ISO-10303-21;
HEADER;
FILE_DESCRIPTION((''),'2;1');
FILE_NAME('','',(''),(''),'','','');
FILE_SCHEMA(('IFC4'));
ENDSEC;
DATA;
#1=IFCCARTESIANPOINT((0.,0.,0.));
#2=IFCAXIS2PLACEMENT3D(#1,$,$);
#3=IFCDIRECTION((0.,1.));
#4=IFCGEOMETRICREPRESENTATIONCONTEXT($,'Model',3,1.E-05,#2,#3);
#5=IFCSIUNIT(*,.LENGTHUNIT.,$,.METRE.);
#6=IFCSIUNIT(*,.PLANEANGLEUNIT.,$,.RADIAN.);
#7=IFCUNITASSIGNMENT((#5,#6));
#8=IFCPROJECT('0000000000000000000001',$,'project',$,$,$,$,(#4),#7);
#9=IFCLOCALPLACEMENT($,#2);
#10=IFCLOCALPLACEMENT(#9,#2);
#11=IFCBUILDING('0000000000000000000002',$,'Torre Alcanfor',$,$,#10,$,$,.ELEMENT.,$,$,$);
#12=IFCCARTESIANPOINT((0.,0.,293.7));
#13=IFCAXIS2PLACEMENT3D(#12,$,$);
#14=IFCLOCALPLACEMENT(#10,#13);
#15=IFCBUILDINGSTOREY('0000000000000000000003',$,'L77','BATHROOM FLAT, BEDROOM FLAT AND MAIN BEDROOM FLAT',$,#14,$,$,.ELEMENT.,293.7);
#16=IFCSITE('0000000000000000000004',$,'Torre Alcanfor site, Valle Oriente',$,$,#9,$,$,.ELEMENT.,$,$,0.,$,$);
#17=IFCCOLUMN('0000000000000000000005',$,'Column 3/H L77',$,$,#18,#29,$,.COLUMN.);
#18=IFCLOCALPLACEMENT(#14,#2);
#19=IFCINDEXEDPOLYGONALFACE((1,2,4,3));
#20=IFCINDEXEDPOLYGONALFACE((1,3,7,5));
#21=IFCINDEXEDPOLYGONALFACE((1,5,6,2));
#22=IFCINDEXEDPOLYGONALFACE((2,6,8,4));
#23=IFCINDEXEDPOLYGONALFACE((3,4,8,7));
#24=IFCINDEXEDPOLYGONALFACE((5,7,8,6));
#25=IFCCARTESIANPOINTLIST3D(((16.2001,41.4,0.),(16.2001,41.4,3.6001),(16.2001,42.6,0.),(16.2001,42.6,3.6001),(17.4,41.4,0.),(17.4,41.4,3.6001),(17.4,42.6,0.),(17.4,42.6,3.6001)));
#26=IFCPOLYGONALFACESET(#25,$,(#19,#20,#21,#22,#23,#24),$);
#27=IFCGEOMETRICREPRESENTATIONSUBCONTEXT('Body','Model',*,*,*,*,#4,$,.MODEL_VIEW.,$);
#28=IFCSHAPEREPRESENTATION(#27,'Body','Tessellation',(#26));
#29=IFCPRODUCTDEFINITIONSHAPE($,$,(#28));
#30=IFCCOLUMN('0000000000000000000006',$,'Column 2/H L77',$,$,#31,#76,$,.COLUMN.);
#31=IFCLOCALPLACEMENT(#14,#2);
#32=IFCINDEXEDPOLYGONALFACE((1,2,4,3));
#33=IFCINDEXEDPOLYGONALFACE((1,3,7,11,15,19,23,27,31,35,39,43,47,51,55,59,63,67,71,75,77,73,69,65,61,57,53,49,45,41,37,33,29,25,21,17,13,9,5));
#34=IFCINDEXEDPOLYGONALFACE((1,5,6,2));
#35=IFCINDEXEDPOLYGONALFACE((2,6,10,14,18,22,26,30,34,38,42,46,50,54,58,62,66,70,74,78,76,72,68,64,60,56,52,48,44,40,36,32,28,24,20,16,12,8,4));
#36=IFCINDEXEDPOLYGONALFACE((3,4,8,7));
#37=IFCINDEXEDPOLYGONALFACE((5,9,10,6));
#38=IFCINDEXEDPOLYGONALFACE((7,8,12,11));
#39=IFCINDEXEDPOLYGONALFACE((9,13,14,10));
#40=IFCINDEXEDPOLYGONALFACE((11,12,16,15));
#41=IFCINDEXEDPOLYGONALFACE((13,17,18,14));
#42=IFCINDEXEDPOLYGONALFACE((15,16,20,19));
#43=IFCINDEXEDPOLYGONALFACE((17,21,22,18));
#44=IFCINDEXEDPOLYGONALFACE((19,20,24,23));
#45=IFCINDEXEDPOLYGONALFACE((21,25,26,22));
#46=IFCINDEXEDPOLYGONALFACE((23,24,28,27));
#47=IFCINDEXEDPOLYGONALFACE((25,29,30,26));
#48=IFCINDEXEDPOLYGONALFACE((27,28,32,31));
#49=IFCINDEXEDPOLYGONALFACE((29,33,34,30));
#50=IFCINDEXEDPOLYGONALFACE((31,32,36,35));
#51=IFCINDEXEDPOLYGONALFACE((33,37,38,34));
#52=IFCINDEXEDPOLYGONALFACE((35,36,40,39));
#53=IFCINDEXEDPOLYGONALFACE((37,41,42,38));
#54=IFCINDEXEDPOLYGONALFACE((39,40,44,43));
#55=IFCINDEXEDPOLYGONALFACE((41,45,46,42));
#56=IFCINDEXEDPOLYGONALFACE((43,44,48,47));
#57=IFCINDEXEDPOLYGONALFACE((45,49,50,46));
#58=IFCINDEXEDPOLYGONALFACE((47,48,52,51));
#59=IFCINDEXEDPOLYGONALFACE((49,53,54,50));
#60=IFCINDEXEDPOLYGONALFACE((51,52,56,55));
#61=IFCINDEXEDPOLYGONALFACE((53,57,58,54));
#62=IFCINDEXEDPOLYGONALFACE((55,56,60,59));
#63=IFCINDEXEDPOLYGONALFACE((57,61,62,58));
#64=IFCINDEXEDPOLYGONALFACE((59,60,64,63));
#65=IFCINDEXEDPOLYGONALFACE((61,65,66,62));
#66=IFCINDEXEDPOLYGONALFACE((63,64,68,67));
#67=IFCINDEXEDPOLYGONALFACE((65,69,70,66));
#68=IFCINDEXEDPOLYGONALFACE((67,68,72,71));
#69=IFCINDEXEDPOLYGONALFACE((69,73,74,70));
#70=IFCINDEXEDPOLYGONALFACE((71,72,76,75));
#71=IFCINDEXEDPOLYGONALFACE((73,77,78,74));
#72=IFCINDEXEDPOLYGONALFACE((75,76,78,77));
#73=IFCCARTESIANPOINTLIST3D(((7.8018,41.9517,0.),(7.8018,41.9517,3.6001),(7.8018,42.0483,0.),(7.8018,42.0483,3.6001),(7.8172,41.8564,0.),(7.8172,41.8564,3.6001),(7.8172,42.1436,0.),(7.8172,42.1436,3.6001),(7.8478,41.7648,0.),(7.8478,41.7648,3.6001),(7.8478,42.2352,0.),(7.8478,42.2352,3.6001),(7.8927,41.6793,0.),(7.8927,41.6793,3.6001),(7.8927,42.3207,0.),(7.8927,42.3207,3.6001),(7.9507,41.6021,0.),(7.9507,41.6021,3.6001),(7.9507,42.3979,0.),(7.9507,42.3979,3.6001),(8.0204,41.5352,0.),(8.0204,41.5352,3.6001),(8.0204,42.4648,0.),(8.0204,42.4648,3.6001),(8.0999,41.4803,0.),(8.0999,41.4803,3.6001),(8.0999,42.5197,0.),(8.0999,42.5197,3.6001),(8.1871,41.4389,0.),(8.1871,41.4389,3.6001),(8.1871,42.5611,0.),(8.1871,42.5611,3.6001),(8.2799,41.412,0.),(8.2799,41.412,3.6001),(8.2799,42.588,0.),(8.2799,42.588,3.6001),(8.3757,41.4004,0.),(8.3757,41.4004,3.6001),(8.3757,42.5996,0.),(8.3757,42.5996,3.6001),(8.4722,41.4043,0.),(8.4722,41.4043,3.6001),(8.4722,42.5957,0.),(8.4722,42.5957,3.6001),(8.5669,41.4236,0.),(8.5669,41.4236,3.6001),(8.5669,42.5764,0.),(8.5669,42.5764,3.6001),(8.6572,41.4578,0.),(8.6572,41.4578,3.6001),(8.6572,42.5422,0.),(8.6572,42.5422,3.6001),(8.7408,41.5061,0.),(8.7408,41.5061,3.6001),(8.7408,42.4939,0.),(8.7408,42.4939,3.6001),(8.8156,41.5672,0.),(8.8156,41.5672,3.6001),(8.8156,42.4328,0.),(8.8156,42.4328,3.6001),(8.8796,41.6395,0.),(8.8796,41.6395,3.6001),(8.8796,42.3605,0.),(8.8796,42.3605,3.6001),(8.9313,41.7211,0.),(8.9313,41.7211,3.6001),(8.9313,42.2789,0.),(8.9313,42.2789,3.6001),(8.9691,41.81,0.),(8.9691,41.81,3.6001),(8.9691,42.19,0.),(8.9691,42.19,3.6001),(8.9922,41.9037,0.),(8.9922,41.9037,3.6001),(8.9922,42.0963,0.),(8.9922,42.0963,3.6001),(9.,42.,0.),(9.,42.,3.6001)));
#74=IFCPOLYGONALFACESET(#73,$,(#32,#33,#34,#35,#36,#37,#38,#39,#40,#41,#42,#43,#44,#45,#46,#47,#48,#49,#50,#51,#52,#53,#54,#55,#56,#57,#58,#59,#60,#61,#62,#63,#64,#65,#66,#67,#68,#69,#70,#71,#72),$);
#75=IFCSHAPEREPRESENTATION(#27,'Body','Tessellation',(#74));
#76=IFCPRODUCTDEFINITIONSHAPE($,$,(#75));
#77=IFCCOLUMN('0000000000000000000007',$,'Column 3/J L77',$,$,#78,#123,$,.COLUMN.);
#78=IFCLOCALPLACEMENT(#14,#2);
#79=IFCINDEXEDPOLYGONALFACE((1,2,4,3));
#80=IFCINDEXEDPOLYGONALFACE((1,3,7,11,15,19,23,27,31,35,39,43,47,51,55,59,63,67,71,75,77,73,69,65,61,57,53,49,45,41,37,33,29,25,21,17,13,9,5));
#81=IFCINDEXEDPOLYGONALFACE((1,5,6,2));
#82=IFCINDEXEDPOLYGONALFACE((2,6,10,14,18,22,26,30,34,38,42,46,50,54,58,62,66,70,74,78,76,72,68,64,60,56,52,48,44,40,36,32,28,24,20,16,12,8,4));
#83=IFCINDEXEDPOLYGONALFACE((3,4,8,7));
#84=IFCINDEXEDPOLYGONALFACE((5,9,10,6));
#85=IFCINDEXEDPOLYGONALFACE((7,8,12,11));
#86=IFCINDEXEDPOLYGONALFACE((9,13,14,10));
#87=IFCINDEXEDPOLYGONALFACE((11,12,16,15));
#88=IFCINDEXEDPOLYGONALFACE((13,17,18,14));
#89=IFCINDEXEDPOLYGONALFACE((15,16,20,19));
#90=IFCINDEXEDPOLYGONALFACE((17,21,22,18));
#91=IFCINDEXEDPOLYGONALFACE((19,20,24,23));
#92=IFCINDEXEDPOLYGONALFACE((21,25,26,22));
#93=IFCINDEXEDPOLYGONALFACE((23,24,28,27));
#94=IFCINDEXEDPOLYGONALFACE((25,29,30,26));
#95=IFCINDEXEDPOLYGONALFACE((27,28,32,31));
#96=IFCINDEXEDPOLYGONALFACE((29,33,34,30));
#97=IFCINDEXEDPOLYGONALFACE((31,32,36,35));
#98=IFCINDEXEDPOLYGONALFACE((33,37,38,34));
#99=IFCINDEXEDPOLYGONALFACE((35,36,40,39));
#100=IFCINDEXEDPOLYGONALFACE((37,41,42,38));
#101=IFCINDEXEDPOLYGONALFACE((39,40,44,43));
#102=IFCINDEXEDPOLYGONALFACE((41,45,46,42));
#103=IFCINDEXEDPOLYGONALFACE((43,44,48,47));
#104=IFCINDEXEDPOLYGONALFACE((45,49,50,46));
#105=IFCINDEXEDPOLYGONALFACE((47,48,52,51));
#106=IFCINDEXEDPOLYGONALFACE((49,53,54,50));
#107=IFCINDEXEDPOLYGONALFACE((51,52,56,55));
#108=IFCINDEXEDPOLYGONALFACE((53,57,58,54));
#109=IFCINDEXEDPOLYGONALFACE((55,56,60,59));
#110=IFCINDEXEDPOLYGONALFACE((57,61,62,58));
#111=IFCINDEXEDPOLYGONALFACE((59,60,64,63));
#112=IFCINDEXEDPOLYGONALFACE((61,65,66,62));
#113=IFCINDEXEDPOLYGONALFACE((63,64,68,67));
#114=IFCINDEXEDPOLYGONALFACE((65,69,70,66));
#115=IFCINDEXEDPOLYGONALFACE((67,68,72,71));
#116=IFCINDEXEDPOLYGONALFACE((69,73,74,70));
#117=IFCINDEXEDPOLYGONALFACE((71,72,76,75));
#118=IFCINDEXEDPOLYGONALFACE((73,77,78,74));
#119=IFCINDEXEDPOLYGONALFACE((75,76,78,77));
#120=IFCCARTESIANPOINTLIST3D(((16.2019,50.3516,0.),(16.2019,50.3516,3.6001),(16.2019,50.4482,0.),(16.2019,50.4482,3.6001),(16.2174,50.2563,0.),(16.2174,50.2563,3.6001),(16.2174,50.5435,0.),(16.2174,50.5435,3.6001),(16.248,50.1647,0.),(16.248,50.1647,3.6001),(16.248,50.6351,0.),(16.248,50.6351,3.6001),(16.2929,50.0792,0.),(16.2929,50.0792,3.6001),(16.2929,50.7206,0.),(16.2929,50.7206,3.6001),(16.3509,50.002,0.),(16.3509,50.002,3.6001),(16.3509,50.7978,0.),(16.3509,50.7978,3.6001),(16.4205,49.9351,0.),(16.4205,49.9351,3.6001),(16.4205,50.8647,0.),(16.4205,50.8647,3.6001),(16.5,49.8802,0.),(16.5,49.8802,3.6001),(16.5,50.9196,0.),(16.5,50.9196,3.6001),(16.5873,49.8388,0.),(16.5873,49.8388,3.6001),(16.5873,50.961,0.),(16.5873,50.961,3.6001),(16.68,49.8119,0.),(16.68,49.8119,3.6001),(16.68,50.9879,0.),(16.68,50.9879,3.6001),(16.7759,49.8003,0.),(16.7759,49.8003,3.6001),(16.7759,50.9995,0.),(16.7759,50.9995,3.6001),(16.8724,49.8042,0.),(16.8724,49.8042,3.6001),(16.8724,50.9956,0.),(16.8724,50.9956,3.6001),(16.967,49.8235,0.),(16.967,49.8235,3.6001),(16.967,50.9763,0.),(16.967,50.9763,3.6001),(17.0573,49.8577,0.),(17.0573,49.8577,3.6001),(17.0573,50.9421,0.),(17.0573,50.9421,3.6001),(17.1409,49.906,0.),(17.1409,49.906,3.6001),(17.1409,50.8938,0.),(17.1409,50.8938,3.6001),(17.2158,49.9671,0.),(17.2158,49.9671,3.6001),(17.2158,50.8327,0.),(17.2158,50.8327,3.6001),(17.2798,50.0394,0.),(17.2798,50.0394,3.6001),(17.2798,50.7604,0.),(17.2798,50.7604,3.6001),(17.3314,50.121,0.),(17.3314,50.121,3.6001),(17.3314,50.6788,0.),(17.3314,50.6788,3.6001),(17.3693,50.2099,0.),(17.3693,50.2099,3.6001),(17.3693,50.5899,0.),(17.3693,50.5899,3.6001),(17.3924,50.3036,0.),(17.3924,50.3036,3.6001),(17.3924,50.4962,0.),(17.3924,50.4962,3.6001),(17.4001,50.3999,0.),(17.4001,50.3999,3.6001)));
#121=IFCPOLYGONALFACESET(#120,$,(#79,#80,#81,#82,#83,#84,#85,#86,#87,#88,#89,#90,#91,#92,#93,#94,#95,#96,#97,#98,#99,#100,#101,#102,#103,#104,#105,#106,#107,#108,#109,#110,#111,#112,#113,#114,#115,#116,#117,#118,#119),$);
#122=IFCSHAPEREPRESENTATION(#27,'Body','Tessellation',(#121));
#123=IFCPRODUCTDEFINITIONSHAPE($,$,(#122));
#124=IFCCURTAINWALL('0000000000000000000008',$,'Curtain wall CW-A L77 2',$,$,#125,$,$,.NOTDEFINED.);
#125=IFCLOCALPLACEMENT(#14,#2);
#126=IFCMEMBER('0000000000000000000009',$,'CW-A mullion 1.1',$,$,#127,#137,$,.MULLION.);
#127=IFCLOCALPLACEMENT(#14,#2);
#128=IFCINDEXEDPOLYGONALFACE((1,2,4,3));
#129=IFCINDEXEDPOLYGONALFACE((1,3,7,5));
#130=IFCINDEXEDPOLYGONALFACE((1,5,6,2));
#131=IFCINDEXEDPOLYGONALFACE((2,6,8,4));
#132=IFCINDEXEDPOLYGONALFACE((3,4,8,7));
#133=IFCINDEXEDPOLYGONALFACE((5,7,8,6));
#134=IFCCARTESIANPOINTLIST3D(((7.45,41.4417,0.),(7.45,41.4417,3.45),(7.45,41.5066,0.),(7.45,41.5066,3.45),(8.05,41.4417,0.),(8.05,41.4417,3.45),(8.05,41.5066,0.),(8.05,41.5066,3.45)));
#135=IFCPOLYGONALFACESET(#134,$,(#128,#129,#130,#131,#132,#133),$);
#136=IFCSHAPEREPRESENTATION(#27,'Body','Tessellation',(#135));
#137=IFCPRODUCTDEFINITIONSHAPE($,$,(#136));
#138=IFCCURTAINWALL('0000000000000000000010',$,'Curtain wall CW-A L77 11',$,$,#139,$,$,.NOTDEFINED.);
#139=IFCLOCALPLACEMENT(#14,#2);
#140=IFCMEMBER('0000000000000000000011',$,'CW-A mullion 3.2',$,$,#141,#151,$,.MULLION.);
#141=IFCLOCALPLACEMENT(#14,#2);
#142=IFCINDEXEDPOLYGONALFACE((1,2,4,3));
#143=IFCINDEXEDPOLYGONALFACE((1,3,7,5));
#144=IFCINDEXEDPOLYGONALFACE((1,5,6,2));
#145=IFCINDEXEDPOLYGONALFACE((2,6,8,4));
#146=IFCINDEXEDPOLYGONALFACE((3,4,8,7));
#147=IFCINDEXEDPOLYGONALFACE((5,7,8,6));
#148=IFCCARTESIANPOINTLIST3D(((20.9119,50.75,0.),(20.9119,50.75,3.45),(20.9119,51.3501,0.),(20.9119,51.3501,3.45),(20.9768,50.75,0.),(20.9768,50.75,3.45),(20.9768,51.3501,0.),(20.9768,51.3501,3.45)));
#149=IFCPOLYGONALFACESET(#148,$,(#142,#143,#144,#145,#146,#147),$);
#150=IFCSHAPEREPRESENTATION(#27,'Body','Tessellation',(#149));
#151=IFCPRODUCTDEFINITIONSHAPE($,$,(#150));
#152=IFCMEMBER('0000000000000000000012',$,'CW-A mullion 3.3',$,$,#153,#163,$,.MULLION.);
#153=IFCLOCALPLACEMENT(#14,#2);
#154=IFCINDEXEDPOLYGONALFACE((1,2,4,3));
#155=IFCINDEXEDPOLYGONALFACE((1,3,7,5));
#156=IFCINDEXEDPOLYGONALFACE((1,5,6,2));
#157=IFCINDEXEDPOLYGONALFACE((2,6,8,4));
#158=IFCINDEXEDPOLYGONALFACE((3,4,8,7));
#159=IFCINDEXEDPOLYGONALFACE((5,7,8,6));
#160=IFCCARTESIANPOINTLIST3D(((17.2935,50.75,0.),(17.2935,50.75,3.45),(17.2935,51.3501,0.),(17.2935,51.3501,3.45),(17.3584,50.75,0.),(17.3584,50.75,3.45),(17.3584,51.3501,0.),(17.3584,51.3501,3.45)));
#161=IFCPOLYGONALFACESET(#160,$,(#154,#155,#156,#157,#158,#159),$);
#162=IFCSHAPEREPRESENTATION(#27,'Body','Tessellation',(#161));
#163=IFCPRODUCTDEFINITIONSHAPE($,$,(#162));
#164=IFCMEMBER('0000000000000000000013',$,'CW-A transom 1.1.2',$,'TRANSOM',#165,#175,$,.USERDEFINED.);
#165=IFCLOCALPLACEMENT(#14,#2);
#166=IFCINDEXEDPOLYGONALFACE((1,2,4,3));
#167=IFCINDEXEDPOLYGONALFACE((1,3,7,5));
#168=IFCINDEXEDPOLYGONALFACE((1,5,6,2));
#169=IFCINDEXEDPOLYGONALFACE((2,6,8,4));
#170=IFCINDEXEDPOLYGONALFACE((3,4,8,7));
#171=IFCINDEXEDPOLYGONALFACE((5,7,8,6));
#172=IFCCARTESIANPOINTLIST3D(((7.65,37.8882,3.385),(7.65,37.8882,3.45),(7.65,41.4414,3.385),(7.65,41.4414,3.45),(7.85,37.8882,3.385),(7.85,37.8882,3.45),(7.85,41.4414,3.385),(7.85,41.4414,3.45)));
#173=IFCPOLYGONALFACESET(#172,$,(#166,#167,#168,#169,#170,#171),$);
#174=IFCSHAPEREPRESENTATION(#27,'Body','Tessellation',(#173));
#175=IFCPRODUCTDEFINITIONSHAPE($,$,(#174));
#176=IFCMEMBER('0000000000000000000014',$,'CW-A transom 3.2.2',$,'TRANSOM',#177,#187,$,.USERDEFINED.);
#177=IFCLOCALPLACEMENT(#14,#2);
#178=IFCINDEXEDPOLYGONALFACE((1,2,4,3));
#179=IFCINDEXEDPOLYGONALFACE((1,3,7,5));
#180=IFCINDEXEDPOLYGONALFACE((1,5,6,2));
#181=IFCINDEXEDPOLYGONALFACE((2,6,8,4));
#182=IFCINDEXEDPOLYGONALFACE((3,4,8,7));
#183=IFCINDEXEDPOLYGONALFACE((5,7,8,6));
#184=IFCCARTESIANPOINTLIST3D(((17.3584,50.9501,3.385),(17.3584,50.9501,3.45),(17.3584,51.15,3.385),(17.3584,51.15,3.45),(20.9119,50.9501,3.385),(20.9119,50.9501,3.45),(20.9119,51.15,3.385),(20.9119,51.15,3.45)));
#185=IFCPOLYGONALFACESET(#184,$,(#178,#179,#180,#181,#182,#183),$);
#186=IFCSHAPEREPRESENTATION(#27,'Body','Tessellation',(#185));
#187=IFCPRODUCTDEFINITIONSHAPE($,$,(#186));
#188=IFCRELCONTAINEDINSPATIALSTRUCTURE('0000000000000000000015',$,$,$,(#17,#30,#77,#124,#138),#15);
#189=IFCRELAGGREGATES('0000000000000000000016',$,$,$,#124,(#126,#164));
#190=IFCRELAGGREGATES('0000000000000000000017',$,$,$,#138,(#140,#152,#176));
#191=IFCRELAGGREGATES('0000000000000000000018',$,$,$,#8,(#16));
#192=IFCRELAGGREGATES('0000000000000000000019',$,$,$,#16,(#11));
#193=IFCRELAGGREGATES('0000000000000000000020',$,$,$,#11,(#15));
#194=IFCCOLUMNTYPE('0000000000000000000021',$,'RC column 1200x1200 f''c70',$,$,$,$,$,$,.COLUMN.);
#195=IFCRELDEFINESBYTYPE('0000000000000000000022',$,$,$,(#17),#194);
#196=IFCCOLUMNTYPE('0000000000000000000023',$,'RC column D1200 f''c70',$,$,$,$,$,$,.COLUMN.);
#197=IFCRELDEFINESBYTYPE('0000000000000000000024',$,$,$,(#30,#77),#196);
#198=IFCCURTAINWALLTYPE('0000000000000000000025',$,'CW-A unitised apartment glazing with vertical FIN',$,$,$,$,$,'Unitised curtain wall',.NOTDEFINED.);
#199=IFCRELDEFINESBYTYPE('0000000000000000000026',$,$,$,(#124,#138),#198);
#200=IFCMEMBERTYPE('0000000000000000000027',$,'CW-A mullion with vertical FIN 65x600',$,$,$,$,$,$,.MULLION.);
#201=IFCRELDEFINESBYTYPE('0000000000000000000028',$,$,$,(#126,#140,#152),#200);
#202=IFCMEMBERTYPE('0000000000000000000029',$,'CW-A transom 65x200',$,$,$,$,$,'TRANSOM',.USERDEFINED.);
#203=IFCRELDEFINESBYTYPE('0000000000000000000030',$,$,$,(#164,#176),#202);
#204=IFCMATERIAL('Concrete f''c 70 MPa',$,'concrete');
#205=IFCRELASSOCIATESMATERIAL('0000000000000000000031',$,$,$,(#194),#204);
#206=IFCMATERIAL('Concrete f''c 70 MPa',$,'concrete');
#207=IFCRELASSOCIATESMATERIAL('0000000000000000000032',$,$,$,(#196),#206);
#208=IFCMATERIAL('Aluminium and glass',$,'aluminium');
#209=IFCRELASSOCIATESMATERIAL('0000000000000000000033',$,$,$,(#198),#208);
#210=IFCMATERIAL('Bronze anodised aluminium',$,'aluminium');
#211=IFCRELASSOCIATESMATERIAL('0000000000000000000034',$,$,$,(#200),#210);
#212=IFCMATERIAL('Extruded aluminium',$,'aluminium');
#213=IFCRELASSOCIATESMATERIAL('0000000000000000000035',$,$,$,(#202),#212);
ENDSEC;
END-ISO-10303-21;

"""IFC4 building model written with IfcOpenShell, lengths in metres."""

from ifc_helpers import new_model, si_unit, direction, frame, origin, origin_2d, place, context, subcontext, project, spatial, rectangle, circle, extrude, material, material_profile, profile_set, type_object, element, aggregate, save


model = new_model("IFC4")

# Units and contexts
model_context = context("Model", 3, precision=1e-05, world=origin(), true_north=direction((0.0, 1.0)))
body_context = subcontext(model_context, "Body", "Model", "MODEL_VIEW")
ifc_project = project(units=[si_unit("LENGTHUNIT", "METRE"), si_unit("PLANEANGLEUNIT", "RADIAN")], contexts=[model_context])

# Site, building, storey
site_placement = place(None, origin())
site = spatial("IfcSite", under=ifc_project, at=site_placement, Name="Torre Alcanfor site, Valle Oriente", CompositionType="ELEMENT", RefElevation=0.0)
building_placement = place(site_placement, origin())
building = spatial("IfcBuilding", under=site, at=building_placement, Name="Torre Alcanfor", CompositionType="ELEMENT")
storey_placement = place(building_placement, frame((0.0, 0.0, 293.7)))
storey = spatial("IfcBuildingStorey", under=building, at=storey_placement, Name="L77", Description="BATHROOM FLAT, BEDROOM FLAT AND MAIN BEDROOM FLAT", CompositionType="ELEMENT", Elevation=293.7)

# Columns
ifc_material_1 = material(Name="Concrete f'c 70 MPa", Category="concrete")
ifc_material_profile_1 = material_profile(ifc_material_1, rectangle(XDim=1.2, YDim=1.2, at=origin_2d()), Name="1200x1200")
ifc_profile_set_1 = profile_set([ifc_material_profile_1], Name="Concrete f'c 70 MPa")
column_type_1 = type_object("IfcColumnType", Name="RC column 1200x1200 f'c70", PredefinedType="COLUMN", material=ifc_profile_set_1)
column_placement = place(storey_placement, frame((16.8, 42.0, 0.0), z_axis=(0.0, 0.0, 1.0), x_axis=(1.0, 0.0, 0.0)))
element("IfcColumn", 1, at=column_placement, inside=storey, type_object=column_type_1, Name="Column 3/H L77", PredefinedType="COLUMN", context=body_context, shape_type="SweptSolid", body=[
    extrude(rectangle(XDim=1.2, YDim=1.2, at=origin_2d()), origin(), (0.0, 0.0, 1.0), 3.6001),
])
ifc_material_2 = material(Name="Concrete f'c 70 MPa", Category="concrete")
ifc_material_profile_2 = material_profile(ifc_material_2, circle(Radius=0.6001, at=origin_2d()), Name="D1200")
ifc_profile_set_2 = profile_set([ifc_material_profile_2], Name="Concrete f'c 70 MPa")
column_type_2 = type_object("IfcColumnType", Name="RC column D1200 f'c70", PredefinedType="COLUMN", material=ifc_profile_set_2)
for number, where, z_axis, x_axis, name in (
    (2, (8.3999, 42.0, 0.0), (0.0, 0.0, 1.0), (1.0, 0.0, 0.0), "Column 2/H L77"),
    (3, (16.8, 50.3999, 0.0), (0.0, 0.0, 1.0), (1.0, 0.0, 0.0), "Column 3/J L77"),
):
    element("IfcColumn", number, at=place(storey_placement, frame(where, z_axis=z_axis, x_axis=x_axis)), inside=storey, type_object=column_type_2, Name=name, PredefinedType="COLUMN", context=body_context, shape_type="SweptSolid", body=[
        extrude(circle(Radius=0.6001, at=origin_2d()), origin(), (0.0, 0.0, 1.0), 3.6001),
    ])

# Curtain wall, member
ifc_material_3 = material(Name="Aluminium and glass", Category="aluminium")
curtain_wall_type = type_object("IfcCurtainWallType", Name="CW-A unitised apartment glazing with vertical FIN", ElementType="Unitised curtain wall", PredefinedType="NOTDEFINED", material=ifc_material_3)
curtain_wall_1_placement = place(storey_placement, origin())
curtain_wall_1 = element("IfcCurtainWall", 4, at=curtain_wall_1_placement, inside=storey, type_object=curtain_wall_type, Name="Curtain wall CW-A L77 2", PredefinedType="NOTDEFINED")
ifc_material_4 = material(Name="Bronze anodised aluminium", Category="aluminium")
ifc_material_profile_3 = material_profile(ifc_material_4, rectangle(XDim=0.6001, YDim=0.0649, at=origin_2d()), Name="CW-A mullion 65x600")
ifc_profile_set_3 = profile_set([ifc_material_profile_3], Name="Bronze anodised aluminium")
member_type_1 = type_object("IfcMemberType", Name="CW-A mullion with vertical FIN 65x600", PredefinedType="MULLION", material=ifc_profile_set_3)
member_1_placement = place(storey_placement, frame((7.75, 41.4741, 0.0), z_axis=(0.0, 0.0, 1.0), x_axis=(1.0, 0.0, 0.0)))
member_1 = element("IfcMember", 5, at=member_1_placement, type_object=member_type_1, Name="CW-A mullion 1.1", PredefinedType="MULLION", context=body_context, shape_type="SweptSolid", body=[
    extrude(rectangle(XDim=0.6001, YDim=0.0649, at=origin_2d()), origin(), (0.0, 0.0, 1.0), 3.45),
])

# Curtain wall, members
curtain_wall_2_placement = place(storey_placement, origin())
curtain_wall_2 = element("IfcCurtainWall", 6, at=curtain_wall_2_placement, inside=storey, type_object=curtain_wall_type, Name="Curtain wall CW-A L77 11", PredefinedType="NOTDEFINED")
member_2_placement = place(storey_placement, frame((20.9443, 51.05, 0.0), z_axis=(0.0, 0.0, 1.0), x_axis=(0.0, -1.0, 0.0)))
member_2 = element("IfcMember", 7, at=member_2_placement, type_object=member_type_1, Name="CW-A mullion 3.2", PredefinedType="MULLION", context=body_context, shape_type="SweptSolid", body=[
    extrude(rectangle(XDim=0.6001, YDim=0.0649, at=origin_2d()), origin(), (0.0, 0.0, 1.0), 3.45),
])
member_3_placement = place(storey_placement, frame((17.3259, 51.05, 0.0), z_axis=(0.0, 0.0, 1.0), x_axis=(0.0, -1.0, 0.0)))
member_3 = element("IfcMember", 8, at=member_3_placement, type_object=member_type_1, Name="CW-A mullion 3.3", PredefinedType="MULLION", context=body_context, shape_type="SweptSolid", body=[
    extrude(rectangle(XDim=0.6001, YDim=0.0649, at=origin_2d()), origin(), (0.0, 0.0, 1.0), 3.45),
])

# Members
ifc_material_5 = material(Name="Extruded aluminium", Category="aluminium")
ifc_material_profile_4 = material_profile(ifc_material_5, rectangle(XDim=0.2, YDim=0.0649, at=origin_2d()), Name="CW-A transom 200x65")
ifc_profile_set_4 = profile_set([ifc_material_profile_4], Name="Extruded aluminium")
member_type_2 = type_object("IfcMemberType", Name="CW-A transom 65x200", ElementType="TRANSOM", PredefinedType="USERDEFINED", material=ifc_profile_set_4)
member_4_placement = place(storey_placement, frame((7.75, 41.4414, 3.4175), z_axis=(0.0, -1.0, 0.0), x_axis=(1.0, 0.0, 0.0)))
member_4 = element("IfcMember", 9, at=member_4_placement, type_object=member_type_2, Name="CW-A transom 1.1.2", ObjectType="TRANSOM", PredefinedType="USERDEFINED", context=body_context, shape_type="SweptSolid", body=[
    extrude(rectangle(XDim=0.2, YDim=0.0649, at=origin_2d()), origin(), (0.0, 0.0, 1.0), 3.5532),
])
member_5_placement = place(storey_placement, frame((20.9119, 51.05, 3.4175), z_axis=(-1.0, 0.0, 0.0), x_axis=(0.0, -1.0, 0.0)))
member_5 = element("IfcMember", 10, at=member_5_placement, type_object=member_type_2, Name="CW-A transom 3.2.2", ObjectType="TRANSOM", PredefinedType="USERDEFINED", context=body_context, shape_type="SweptSolid", body=[
    extrude(rectangle(XDim=0.2, YDim=0.0649, at=origin_2d()), origin(), (0.0, 0.0, 1.0), 3.5535),
])

aggregate(curtain_wall_1, [member_1, member_4])
aggregate(curtain_wall_2, [member_2, member_3, member_5])

save(model, "model.ifc")
